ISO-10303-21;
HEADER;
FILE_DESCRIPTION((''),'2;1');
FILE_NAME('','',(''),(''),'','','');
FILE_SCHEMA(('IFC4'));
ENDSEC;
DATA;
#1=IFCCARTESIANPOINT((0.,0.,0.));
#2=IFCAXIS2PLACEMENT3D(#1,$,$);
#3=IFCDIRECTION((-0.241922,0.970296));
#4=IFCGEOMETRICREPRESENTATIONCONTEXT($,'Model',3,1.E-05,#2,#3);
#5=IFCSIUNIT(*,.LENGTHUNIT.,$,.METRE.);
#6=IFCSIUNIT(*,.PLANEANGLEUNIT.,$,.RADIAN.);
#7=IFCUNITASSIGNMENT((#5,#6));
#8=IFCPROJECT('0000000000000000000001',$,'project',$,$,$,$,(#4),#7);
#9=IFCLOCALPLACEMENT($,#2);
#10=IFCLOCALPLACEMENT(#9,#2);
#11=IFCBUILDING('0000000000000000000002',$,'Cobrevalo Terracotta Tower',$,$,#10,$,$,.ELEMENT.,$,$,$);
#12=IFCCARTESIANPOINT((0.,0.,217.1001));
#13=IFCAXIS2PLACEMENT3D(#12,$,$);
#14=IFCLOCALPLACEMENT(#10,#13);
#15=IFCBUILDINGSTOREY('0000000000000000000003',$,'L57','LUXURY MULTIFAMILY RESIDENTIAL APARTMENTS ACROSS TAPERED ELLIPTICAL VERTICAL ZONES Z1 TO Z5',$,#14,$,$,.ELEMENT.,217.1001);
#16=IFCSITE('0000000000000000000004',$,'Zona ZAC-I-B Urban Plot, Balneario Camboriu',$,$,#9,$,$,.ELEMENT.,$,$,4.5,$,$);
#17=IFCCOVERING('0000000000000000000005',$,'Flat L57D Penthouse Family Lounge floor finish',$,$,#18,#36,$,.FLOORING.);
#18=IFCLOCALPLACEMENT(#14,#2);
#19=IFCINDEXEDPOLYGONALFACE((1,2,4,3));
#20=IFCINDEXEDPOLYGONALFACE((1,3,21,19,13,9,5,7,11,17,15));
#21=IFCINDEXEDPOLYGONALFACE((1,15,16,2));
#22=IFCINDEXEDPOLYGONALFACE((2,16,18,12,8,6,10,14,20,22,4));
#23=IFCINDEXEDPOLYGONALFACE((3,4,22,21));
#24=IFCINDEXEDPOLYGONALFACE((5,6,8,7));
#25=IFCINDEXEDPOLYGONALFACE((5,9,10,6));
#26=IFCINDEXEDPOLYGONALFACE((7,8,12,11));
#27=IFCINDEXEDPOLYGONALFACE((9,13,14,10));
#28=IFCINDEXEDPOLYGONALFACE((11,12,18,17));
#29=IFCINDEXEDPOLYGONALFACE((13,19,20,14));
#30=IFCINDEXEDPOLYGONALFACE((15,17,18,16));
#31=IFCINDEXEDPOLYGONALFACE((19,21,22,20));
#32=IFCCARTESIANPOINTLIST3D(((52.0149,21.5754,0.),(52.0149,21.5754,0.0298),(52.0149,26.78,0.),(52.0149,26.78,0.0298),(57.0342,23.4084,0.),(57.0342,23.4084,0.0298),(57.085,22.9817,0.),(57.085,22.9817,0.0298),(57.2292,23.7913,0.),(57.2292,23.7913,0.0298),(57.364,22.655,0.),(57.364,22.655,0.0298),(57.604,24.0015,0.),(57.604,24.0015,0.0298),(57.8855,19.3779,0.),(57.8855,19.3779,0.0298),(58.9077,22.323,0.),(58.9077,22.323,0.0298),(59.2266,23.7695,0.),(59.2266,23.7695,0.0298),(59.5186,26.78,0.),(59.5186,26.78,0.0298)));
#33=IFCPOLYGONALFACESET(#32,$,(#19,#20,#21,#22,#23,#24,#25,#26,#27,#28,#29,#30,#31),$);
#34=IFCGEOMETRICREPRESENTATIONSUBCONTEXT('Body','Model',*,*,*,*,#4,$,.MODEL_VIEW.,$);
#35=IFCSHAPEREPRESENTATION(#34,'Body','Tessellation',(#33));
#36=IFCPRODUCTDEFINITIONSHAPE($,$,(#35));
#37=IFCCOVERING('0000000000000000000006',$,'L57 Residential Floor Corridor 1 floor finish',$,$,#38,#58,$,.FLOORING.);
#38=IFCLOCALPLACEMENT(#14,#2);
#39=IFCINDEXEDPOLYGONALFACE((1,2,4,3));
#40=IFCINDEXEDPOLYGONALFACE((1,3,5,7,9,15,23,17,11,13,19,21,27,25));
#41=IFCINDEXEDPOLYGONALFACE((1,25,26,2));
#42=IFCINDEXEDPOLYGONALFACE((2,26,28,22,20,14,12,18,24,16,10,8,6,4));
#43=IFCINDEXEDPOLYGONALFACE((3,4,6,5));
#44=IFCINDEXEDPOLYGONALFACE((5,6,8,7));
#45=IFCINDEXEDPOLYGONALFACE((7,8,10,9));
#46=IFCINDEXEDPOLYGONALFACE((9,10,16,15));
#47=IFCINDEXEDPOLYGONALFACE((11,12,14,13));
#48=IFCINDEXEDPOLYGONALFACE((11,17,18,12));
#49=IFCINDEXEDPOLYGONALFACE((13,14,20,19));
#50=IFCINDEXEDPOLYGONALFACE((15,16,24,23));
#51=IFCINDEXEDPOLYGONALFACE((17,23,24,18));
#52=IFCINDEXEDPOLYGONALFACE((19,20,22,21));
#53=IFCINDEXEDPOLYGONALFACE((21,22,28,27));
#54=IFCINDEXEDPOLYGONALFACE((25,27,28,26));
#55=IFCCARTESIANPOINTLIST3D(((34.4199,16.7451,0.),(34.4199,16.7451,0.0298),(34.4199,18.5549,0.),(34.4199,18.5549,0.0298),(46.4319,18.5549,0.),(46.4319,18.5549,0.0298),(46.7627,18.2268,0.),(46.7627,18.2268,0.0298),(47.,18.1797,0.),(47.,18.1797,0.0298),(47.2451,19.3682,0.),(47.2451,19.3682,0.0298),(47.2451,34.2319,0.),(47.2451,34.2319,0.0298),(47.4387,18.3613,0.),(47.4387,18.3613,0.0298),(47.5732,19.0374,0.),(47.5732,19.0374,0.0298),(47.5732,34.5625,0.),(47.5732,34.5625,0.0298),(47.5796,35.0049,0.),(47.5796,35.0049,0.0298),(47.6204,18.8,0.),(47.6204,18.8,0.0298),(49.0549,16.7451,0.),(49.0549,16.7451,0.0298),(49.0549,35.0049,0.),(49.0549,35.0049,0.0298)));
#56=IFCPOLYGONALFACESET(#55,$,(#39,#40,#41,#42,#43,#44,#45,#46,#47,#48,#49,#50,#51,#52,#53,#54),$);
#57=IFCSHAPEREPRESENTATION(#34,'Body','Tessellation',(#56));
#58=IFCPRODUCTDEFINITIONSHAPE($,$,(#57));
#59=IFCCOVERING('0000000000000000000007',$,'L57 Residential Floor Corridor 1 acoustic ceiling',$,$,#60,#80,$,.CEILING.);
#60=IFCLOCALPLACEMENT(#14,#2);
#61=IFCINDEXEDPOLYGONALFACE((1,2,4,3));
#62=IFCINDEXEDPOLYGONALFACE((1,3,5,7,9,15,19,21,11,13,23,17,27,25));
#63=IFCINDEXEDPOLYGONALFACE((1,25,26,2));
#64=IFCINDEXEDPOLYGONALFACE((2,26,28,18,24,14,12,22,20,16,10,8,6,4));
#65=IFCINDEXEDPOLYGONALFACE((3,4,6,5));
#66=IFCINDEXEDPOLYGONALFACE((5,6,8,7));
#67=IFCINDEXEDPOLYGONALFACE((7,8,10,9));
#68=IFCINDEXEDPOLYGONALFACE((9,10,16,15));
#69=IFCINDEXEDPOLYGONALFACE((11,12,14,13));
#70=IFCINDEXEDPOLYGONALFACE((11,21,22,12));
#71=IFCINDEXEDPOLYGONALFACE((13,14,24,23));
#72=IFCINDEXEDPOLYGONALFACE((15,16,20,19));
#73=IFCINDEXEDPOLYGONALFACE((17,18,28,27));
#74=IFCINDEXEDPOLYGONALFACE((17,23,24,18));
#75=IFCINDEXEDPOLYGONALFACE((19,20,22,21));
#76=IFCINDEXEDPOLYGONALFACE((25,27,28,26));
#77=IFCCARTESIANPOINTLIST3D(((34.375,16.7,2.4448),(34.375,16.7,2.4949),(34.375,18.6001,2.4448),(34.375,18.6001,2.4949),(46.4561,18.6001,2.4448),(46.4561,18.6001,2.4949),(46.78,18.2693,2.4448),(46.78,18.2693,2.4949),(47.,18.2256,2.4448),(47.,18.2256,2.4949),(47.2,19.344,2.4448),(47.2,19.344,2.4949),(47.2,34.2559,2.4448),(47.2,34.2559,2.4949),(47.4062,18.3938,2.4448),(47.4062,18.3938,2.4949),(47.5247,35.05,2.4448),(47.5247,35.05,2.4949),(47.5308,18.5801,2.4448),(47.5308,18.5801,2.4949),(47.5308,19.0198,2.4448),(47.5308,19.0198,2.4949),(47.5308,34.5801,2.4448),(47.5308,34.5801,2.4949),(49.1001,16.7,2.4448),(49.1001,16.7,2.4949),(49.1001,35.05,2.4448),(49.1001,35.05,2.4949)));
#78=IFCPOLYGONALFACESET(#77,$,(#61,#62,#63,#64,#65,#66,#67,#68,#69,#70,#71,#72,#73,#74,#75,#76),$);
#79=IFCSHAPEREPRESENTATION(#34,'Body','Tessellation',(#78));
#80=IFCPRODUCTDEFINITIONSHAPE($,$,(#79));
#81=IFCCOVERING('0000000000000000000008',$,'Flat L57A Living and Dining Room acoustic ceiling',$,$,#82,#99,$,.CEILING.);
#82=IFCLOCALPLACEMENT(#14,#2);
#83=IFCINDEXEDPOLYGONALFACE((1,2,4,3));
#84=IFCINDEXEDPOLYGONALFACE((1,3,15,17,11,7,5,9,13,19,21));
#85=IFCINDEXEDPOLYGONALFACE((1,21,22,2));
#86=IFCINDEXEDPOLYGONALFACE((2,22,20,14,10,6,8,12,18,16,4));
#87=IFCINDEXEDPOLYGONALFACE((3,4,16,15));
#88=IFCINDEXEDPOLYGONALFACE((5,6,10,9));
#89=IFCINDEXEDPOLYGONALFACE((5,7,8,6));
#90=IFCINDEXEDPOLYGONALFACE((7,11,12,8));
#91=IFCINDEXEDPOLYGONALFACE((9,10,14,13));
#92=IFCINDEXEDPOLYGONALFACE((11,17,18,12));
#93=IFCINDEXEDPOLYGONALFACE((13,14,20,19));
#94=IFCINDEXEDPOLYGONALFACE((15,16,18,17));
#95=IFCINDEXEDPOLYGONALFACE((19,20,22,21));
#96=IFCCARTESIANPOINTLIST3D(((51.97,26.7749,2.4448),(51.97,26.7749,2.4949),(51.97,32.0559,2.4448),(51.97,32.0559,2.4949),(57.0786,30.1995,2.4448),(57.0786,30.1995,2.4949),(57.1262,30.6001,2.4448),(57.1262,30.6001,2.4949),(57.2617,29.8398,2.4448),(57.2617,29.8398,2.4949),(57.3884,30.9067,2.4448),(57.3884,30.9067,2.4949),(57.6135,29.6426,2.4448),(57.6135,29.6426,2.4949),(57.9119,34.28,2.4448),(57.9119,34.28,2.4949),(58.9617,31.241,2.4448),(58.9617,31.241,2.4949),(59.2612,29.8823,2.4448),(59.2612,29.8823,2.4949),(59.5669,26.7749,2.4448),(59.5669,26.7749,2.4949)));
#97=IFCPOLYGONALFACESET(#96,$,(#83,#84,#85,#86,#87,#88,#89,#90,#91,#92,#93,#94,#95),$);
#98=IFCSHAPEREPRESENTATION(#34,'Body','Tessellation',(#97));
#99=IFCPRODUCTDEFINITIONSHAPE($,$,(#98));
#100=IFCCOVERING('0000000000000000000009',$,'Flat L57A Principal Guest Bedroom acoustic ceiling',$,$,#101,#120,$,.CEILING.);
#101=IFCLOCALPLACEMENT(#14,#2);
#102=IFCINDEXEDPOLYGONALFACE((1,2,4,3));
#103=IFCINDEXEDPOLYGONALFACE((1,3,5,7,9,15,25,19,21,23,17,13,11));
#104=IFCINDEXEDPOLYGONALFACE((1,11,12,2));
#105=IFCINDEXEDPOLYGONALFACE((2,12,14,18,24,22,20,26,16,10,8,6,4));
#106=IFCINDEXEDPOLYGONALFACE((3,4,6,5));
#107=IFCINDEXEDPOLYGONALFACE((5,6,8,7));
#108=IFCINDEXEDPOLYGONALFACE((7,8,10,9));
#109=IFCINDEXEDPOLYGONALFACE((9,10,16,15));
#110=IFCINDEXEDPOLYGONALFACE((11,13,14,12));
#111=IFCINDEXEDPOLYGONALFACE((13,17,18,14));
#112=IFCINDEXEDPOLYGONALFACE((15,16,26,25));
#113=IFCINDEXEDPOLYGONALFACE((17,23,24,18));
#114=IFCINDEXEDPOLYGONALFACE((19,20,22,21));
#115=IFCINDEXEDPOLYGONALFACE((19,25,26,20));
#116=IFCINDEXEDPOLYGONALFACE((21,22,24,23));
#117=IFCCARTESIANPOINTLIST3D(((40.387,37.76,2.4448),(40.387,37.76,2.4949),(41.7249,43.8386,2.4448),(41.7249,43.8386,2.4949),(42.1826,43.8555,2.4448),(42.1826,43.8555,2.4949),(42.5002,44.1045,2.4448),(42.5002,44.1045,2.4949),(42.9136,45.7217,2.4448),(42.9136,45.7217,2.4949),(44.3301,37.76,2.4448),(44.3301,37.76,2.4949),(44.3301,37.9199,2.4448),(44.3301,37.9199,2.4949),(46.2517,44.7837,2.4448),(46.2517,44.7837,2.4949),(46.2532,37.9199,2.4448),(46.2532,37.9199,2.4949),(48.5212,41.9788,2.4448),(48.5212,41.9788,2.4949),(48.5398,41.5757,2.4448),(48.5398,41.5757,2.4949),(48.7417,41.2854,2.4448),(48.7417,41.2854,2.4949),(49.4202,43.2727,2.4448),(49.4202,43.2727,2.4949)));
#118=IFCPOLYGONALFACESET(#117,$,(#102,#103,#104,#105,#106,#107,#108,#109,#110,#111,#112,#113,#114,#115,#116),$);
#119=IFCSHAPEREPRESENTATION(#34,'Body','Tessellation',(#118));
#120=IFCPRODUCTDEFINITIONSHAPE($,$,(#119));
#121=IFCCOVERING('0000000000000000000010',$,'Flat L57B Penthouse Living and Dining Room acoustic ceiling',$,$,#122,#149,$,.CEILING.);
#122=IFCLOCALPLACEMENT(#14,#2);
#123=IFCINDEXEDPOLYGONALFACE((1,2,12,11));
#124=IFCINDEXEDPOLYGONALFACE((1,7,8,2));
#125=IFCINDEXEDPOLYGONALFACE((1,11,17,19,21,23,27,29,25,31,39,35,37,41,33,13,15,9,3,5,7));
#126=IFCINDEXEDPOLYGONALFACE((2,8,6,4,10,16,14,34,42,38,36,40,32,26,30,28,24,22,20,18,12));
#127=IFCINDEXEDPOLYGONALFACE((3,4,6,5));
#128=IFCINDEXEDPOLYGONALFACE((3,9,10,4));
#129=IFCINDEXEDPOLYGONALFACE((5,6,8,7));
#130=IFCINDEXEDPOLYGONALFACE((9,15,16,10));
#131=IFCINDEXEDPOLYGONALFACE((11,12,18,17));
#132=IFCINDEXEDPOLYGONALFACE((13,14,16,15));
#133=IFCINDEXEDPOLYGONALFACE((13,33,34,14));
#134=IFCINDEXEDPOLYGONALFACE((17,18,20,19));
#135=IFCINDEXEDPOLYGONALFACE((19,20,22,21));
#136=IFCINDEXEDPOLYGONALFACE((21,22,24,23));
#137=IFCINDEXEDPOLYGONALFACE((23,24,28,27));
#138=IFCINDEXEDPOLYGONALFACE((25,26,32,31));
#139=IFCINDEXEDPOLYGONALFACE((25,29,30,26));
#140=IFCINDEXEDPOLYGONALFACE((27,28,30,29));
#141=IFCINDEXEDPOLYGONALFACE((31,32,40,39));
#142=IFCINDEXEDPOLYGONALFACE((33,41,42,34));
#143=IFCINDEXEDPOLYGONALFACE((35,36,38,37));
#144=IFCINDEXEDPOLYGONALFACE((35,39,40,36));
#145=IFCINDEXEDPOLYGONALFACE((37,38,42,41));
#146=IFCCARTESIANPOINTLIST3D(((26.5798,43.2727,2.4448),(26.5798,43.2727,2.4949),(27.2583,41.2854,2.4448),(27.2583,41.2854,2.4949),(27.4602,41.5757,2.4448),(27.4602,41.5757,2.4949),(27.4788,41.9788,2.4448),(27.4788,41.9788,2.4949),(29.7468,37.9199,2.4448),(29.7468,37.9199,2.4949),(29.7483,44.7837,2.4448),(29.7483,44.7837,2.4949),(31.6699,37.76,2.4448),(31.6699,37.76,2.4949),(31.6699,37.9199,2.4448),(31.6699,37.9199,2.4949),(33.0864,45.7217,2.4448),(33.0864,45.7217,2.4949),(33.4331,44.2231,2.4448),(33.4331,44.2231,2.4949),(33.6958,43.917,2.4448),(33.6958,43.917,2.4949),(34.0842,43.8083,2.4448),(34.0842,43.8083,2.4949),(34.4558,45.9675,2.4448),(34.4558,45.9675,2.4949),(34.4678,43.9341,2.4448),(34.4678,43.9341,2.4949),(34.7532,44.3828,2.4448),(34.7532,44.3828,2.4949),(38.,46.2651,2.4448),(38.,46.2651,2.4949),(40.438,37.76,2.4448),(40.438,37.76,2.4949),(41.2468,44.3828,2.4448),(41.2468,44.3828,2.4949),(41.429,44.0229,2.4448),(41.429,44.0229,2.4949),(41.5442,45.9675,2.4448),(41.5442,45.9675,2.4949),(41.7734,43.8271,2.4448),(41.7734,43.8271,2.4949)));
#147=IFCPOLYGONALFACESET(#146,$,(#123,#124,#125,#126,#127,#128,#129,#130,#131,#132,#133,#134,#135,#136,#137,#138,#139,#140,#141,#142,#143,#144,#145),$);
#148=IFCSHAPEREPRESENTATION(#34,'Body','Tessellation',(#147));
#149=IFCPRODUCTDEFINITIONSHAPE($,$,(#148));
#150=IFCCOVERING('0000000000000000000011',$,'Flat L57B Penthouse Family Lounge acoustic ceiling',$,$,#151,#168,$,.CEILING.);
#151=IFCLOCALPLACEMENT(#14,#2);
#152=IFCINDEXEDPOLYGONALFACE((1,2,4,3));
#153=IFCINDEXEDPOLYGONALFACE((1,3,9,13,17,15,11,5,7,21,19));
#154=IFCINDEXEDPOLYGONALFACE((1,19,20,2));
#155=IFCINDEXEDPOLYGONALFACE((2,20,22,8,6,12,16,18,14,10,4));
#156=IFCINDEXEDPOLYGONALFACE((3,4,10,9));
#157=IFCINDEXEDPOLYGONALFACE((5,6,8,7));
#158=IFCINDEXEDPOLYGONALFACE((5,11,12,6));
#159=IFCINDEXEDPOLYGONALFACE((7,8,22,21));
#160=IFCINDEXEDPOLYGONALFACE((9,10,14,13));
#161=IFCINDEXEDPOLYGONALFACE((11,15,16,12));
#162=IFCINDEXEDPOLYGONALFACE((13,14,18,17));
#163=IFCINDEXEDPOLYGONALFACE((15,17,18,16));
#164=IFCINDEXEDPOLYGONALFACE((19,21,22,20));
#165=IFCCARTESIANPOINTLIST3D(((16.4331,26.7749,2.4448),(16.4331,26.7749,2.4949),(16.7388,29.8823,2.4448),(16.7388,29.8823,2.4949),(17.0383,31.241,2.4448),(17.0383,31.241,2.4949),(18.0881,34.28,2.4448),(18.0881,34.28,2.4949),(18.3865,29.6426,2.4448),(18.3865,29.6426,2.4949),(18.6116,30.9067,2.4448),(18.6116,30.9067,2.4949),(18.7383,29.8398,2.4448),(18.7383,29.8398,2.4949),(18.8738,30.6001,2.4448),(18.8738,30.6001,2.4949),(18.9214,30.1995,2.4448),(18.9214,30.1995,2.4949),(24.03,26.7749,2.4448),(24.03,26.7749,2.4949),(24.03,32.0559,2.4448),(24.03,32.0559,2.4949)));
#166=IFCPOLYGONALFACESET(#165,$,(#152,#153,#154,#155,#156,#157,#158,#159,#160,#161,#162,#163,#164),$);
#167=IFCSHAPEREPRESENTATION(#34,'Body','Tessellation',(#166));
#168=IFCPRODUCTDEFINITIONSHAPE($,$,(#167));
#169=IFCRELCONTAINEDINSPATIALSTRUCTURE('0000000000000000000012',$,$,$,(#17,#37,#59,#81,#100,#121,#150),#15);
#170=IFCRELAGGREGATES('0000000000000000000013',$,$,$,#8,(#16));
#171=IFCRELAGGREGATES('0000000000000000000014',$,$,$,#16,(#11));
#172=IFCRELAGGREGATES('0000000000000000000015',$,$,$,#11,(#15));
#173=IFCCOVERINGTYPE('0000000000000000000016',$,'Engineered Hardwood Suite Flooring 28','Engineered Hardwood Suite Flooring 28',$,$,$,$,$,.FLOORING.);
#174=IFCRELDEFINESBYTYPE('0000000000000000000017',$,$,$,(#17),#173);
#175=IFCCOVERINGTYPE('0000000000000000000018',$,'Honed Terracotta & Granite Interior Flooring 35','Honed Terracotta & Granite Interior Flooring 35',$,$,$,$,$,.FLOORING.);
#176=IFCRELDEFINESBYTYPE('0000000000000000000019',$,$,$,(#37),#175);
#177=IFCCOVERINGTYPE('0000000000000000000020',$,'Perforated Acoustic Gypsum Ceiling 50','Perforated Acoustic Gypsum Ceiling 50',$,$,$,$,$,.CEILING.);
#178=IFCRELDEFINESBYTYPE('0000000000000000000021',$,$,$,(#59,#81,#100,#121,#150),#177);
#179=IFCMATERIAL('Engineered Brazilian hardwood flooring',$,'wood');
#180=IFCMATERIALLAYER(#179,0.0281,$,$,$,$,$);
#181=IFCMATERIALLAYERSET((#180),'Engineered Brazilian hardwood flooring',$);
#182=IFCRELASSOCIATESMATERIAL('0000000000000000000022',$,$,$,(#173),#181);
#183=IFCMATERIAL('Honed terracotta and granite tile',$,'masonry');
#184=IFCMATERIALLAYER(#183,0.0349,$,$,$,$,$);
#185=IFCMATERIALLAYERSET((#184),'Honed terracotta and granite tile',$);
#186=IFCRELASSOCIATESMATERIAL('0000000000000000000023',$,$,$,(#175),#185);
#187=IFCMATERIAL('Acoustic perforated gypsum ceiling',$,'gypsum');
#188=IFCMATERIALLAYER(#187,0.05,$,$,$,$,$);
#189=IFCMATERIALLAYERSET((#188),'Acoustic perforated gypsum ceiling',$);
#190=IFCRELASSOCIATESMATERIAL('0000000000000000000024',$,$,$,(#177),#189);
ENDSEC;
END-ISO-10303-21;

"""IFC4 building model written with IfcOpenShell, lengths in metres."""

from ifc_helpers import new_model, si_unit, direction, frame, origin, place, context, subcontext, project, spatial, polyline, outline, extrude, material, layer, layer_set, type_object, element, save


model = new_model("IFC4")

# Units and contexts
model_context = context("Model", 3, precision=1e-05, world=origin(), true_north=direction((-0.241922, 0.970296)))
body_context = subcontext(model_context, "Body", "Model", "MODEL_VIEW")
ifc_project = project(units=[si_unit("LENGTHUNIT", "METRE"), si_unit("PLANEANGLEUNIT", "RADIAN")], contexts=[model_context])

# Site, building, storey
site_placement = place(None, origin())
site = spatial("IfcSite", under=ifc_project, at=site_placement, Name="Zona ZAC-I-B Urban Plot, Balneario Camboriu", CompositionType="ELEMENT", RefElevation=4.5)
building_placement = place(site_placement, origin())
building = spatial("IfcBuilding", under=site, at=building_placement, Name="Cobrevalo Terracotta Tower", CompositionType="ELEMENT")
storey_placement = place(building_placement, frame((0.0, 0.0, 217.1001)))
storey = spatial("IfcBuildingStorey", under=building, at=storey_placement, Name="L57", Description="LUXURY MULTIFAMILY RESIDENTIAL APARTMENTS ACROSS TAPERED ELLIPTICAL VERTICAL ZONES Z1 TO Z5", CompositionType="ELEMENT", Elevation=217.1001)

# Coverings
ifc_material_1 = material(Name="Engineered Brazilian hardwood flooring", Category="wood")
ifc_layer_1 = layer(ifc_material_1, 0.0281)
ifc_layer_set_1 = layer_set([ifc_layer_1], Name="Engineered Brazilian hardwood flooring")
covering_type_1 = type_object("IfcCoveringType", Name="Engineered Hardwood Suite Flooring 28", Description="Engineered Hardwood Suite Flooring 28", PredefinedType="FLOORING", material=ifc_layer_set_1)
covering_1_placement = place(storey_placement, origin())
element("IfcCovering", 1, at=covering_1_placement, inside=storey, type_object=covering_type_1, Name="Flat L57D Penthouse Family Lounge floor finish", PredefinedType="FLOORING", context=body_context, shape_type="SweptSolid", body=[
    extrude(outline(polyline([(52.0149, 21.5754), (52.0149, 26.78), (59.5186, 26.78), (59.2266, 23.7695), (57.604, 24.0015), (57.2292, 23.7913), (57.0342, 23.4084), (57.085, 22.9817), (57.364, 22.655), (58.9077, 22.323), (57.8855, 19.3779), (52.0149, 21.5754)])), origin(), (0.0, 0.0, 1.0), 0.0298),
])
ifc_material_2 = material(Name="Honed terracotta and granite tile", Category="masonry")
ifc_layer_2 = layer(ifc_material_2, 0.0349)
ifc_layer_set_2 = layer_set([ifc_layer_2], Name="Honed terracotta and granite tile")
covering_type_2 = type_object("IfcCoveringType", Name="Honed Terracotta & Granite Interior Flooring 35", Description="Honed Terracotta & Granite Interior Flooring 35", PredefinedType="FLOORING", material=ifc_layer_set_2)
covering_2_placement = place(storey_placement, origin())
element("IfcCovering", 2, at=covering_2_placement, inside=storey, type_object=covering_type_2, Name="L57 Residential Floor Corridor 1 floor finish", PredefinedType="FLOORING", context=body_context, shape_type="SweptSolid", body=[
    extrude(outline(polyline([(34.4199, 18.5549), (46.4319, 18.5549), (46.7627, 18.2268), (47.0, 18.1797), (47.4387, 18.3613), (47.6204, 18.8), (47.5732, 19.0374), (47.2451, 19.3682), (47.2451, 34.2319), (47.5732, 34.5625), (47.5796, 35.0049), (49.0549, 35.0049), (49.0549, 16.7451), (34.4199, 16.7451), (34.4199, 18.5549)])), origin(), (0.0, 0.0, 1.0), 0.0298),
])
ifc_material_3 = material(Name="Acoustic perforated gypsum ceiling", Category="gypsum")
ifc_layer_3 = layer(ifc_material_3, 0.05)
ifc_layer_set_3 = layer_set([ifc_layer_3], Name="Acoustic perforated gypsum ceiling")
covering_type_3 = type_object("IfcCoveringType", Name="Perforated Acoustic Gypsum Ceiling 50", Description="Perforated Acoustic Gypsum Ceiling 50", PredefinedType="CEILING", material=ifc_layer_set_3)
covering_3_placement = place(storey_placement, frame((0.0, 0.0, 2.4448)))
element("IfcCovering", 3, at=covering_3_placement, inside=storey, type_object=covering_type_3, Name="L57 Residential Floor Corridor 1 acoustic ceiling", PredefinedType="CEILING", context=body_context, shape_type="SweptSolid", body=[
    extrude(outline(polyline([(34.375, 18.6001), (46.4561, 18.6001), (46.78, 18.2693), (47.0, 18.2256), (47.4062, 18.3938), (47.5308, 18.5801), (47.5308, 19.0198), (47.2, 19.344), (47.2, 34.2559), (47.5308, 34.5801), (47.5247, 35.05), (49.1001, 35.05), (49.1001, 16.7), (34.375, 16.7), (34.375, 18.6001)])), origin(), (0.0, 0.0, 1.0), 0.05),
])
covering_4_placement = place(storey_placement, frame((0.0, 0.0, 2.4448)))
element("IfcCovering", 4, at=covering_4_placement, inside=storey, type_object=covering_type_3, Name="Flat L57A Living and Dining Room acoustic ceiling", PredefinedType="CEILING", context=body_context, shape_type="SweptSolid", body=[
    extrude(outline(polyline([(57.9119, 34.28), (58.9617, 31.241), (57.3884, 30.9067), (57.1262, 30.6001), (57.0786, 30.1995), (57.2617, 29.8398), (57.6135, 29.6426), (59.2612, 29.8823), (59.5669, 26.7749), (51.97, 26.7749), (51.97, 32.0559), (57.9119, 34.28)])), origin(), (0.0, 0.0, 1.0), 0.05),
])
covering_5_placement = place(storey_placement, frame((0.0, 0.0, 2.4448)))
element("IfcCovering", 5, at=covering_5_placement, inside=storey, type_object=covering_type_3, Name="Flat L57A Principal Guest Bedroom acoustic ceiling", PredefinedType="CEILING", context=body_context, shape_type="SweptSolid", body=[
    extrude(outline(polyline([(49.4202, 43.2727), (48.5212, 41.9788), (48.5398, 41.5757), (48.7417, 41.2854), (46.2532, 37.9199), (44.3301, 37.9199), (44.3301, 37.76), (40.387, 37.76), (41.7249, 43.8386), (42.1826, 43.8555), (42.5002, 44.1045), (42.9136, 45.7217), (46.2517, 44.7837), (49.4202, 43.2727)])), origin(), (0.0, 0.0, 1.0), 0.05),
])
covering_6_placement = place(storey_placement, frame((0.0, 0.0, 2.4448)))
element("IfcCovering", 6, at=covering_6_placement, inside=storey, type_object=covering_type_3, Name="Flat L57B Penthouse Living and Dining Room acoustic ceiling", PredefinedType="CEILING", context=body_context, shape_type="SweptSolid", body=[
    extrude(outline(polyline([(29.7483, 44.7837), (33.0864, 45.7217), (33.4331, 44.2231), (33.6958, 43.917), (34.0842, 43.8083), (34.4678, 43.9341), (34.7532, 44.3828), (34.4558, 45.9675), (38.0, 46.2651), (41.5442, 45.9675), (41.2468, 44.3828), (41.429, 44.0229), (41.7734, 43.8271), (40.438, 37.76), (31.6699, 37.76), (31.6699, 37.9199), (29.7468, 37.9199), (27.2583, 41.2854), (27.4602, 41.5757), (27.4788, 41.9788), (26.5798, 43.2727), (29.7483, 44.7837)])), origin(), (0.0, 0.0, 1.0), 0.05),
])
covering_7_placement = place(storey_placement, frame((0.0, 0.0, 2.4448)))
element("IfcCovering", 7, at=covering_7_placement, inside=storey, type_object=covering_type_3, Name="Flat L57B Penthouse Family Lounge acoustic ceiling", PredefinedType="CEILING", context=body_context, shape_type="SweptSolid", body=[
    extrude(outline(polyline([(24.03, 32.0559), (24.03, 26.7749), (16.4331, 26.7749), (16.7388, 29.8823), (18.3865, 29.6426), (18.7383, 29.8398), (18.9214, 30.1995), (18.8738, 30.6001), (18.6116, 30.9067), (17.0383, 31.241), (18.0881, 34.28), (24.03, 32.0559)])), origin(), (0.0, 0.0, 1.0), 0.05),
])

save(model, "model.ifc")
